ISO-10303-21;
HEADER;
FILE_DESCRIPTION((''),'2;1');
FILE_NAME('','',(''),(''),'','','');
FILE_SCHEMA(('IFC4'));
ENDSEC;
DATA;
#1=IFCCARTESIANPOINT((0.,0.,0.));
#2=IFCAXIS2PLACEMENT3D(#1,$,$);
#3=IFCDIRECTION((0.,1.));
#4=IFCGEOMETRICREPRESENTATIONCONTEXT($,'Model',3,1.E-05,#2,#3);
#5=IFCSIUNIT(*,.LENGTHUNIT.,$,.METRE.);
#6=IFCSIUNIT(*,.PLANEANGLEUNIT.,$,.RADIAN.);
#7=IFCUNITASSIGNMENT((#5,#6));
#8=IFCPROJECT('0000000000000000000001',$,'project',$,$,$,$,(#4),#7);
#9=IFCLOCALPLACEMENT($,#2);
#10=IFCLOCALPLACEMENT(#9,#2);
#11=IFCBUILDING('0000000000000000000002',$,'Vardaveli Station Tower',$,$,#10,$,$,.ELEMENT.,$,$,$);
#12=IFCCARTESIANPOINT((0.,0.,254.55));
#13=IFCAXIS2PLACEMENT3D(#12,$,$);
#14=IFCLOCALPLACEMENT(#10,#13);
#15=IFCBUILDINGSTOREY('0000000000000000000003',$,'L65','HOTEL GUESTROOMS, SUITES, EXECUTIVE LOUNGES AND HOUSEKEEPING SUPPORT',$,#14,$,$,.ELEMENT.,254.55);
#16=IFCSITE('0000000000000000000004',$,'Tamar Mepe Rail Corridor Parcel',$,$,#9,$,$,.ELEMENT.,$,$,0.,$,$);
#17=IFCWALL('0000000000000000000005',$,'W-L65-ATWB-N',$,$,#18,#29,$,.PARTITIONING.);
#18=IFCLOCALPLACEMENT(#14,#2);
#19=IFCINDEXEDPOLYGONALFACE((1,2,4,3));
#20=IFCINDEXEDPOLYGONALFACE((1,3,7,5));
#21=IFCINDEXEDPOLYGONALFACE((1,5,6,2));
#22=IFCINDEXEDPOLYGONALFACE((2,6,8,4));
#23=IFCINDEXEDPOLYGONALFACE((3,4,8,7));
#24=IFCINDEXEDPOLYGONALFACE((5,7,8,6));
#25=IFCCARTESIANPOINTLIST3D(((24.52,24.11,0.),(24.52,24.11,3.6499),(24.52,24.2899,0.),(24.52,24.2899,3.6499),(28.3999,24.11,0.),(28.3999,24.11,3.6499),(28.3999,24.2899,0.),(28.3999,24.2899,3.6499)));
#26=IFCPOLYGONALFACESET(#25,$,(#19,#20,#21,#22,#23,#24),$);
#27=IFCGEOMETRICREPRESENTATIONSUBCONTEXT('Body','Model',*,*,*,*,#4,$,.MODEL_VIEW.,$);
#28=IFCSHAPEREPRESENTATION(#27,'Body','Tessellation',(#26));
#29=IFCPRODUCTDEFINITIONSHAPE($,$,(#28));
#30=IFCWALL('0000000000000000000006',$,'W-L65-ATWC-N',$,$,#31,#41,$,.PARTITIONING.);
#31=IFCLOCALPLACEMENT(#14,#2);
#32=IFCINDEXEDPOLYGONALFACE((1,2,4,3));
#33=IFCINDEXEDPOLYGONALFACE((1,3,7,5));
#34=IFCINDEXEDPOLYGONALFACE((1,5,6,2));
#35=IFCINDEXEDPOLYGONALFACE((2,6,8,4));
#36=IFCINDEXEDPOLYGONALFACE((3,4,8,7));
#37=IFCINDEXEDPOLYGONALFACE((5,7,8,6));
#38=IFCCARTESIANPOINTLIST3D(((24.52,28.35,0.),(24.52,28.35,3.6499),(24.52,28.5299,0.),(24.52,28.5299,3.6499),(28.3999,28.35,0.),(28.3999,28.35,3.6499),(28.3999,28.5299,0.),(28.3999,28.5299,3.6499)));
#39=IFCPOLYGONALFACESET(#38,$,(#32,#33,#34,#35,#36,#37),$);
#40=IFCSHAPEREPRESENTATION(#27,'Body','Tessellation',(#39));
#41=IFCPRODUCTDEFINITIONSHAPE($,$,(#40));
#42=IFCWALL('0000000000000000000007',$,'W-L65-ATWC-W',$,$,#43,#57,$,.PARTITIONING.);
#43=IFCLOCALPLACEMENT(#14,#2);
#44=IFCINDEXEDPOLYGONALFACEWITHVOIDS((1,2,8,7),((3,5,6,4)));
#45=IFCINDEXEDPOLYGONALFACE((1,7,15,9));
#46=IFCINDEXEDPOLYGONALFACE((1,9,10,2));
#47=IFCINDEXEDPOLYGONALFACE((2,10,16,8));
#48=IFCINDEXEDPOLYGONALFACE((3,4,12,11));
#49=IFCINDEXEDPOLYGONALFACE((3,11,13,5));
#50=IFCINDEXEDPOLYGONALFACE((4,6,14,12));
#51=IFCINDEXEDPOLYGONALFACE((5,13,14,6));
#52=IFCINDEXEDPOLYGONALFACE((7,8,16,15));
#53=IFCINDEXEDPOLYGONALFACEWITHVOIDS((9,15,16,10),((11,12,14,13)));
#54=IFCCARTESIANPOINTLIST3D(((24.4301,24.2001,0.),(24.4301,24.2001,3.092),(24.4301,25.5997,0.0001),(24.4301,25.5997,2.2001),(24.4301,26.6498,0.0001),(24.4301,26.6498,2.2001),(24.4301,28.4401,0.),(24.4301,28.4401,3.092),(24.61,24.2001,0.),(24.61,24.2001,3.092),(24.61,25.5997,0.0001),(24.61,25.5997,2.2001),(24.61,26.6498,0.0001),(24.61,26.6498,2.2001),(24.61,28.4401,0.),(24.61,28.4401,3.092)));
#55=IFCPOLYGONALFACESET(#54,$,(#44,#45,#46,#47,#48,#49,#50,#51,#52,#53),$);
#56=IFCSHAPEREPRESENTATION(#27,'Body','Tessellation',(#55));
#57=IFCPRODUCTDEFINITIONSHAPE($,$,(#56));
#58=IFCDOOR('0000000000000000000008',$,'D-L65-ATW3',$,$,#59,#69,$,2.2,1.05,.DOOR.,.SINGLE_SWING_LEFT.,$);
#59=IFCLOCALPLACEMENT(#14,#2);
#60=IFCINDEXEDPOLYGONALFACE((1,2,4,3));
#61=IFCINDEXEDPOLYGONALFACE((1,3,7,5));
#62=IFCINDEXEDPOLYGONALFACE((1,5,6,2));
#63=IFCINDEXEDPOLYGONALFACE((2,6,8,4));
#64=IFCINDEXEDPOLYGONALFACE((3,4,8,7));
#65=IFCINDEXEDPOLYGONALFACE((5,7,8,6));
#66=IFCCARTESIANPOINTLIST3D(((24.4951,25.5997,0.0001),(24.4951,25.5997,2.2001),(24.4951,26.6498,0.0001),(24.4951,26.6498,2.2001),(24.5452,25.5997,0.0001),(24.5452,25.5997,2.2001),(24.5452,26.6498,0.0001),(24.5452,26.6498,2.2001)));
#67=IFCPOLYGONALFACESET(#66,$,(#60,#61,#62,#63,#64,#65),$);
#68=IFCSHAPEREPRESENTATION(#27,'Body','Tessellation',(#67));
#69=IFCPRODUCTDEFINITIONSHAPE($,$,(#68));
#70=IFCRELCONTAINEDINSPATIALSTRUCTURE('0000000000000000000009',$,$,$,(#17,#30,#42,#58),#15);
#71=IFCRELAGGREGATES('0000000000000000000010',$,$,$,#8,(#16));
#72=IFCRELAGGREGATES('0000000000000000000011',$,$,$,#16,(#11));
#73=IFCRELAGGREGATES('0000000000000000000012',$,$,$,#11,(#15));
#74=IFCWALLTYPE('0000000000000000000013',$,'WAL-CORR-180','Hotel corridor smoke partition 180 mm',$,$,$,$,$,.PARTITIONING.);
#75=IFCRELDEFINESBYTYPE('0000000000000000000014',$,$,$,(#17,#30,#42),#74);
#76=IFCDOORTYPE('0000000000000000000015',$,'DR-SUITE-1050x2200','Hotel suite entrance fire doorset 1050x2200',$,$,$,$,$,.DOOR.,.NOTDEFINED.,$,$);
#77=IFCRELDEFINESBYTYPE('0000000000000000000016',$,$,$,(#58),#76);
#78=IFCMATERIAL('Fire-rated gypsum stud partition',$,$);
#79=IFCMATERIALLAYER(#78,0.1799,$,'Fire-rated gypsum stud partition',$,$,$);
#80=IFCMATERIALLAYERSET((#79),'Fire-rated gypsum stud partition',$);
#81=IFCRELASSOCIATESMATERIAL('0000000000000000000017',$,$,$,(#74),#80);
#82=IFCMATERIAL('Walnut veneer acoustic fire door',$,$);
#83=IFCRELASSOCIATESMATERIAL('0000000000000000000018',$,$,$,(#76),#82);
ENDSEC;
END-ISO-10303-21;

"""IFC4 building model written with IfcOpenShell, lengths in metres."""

from ifc_helpers import new_model, si_unit, direction, frame, frame_2d, origin, place, context, subcontext, project, spatial, rectangle, extrude, source, transform, mapped, material, layer, layer_set, type_object, element, fill, save


model = new_model("IFC4")

# Units and contexts
model_context = context("Model", 3, precision=1e-05, world=origin(), true_north=direction((0.0, 1.0)))
body_context = subcontext(model_context, "Body", "Model", "MODEL_VIEW")
ifc_project = project(units=[si_unit("LENGTHUNIT", "METRE"), si_unit("PLANEANGLEUNIT", "RADIAN")], contexts=[model_context])

# Site, building, storey
site_placement = place(None, origin())
site = spatial("IfcSite", under=ifc_project, at=site_placement, Name="Tamar Mepe Rail Corridor Parcel", CompositionType="ELEMENT", RefElevation=0.0)
building_placement = place(site_placement, origin())
building = spatial("IfcBuilding", under=site, at=building_placement, Name="Vardaveli Station Tower", CompositionType="ELEMENT")
storey_placement = place(building_placement, frame((0.0, 0.0, 254.55)))
storey = spatial("IfcBuildingStorey", under=building, at=storey_placement, Name="L65", Description="HOTEL GUESTROOMS, SUITES, EXECUTIVE LOUNGES AND HOUSEKEEPING SUPPORT", CompositionType="ELEMENT", Elevation=254.55)

# Shared definitions
ifc_material_1 = material(Name="Fire-rated gypsum stud partition")
ifc_layer_1 = layer(ifc_material_1, 0.1799, Name="Fire-rated gypsum stud partition")
ifc_layer_set_1 = layer_set([ifc_layer_1], Name="Fire-rated gypsum stud partition")
wall_type = type_object("IfcWallType", Name="WAL-CORR-180", Description="Hotel corridor smoke partition 180 mm", PredefinedType="PARTITIONING", material=ifc_layer_set_1)
shared_shape_1 = source(origin(), body_context, "Body", "SweptSolid", [
    extrude(rectangle(XDim=1.05, YDim=2.2, at=frame_2d((0.5249, 1.1001))), frame((0.0, 0.1001, 0.0), z_axis=(0.0, -1.0, 0.0), x_axis=(1.0, 0.0, 0.0)), (0.0, 0.0, 1.0), 0.2),
])
ifc_material_2 = material(Name="Walnut veneer acoustic fire door")
door_type = type_object("IfcDoorType", Name="DR-SUITE-1050x2200", Description="Hotel suite entrance fire doorset 1050x2200", OperationType="NOTDEFINED", PredefinedType="DOOR", material=ifc_material_2)
shared_shape_2 = source(origin(), body_context, "Body", "SweptSolid", [
    extrude(rectangle(XDim=1.05, YDim=2.2, at=frame_2d((0.5249, 1.1001))), frame((0.0, 0.0249, 0.0), z_axis=(0.0, -1.0, 0.0), x_axis=(1.0, 0.0, 0.0)), (0.0, 0.0, 1.0), 0.05),
])

# Walls
shared_shape_3 = source(origin(), body_context, "Body", "SweptSolid", [
    extrude(rectangle(XDim=3.8799, YDim=0.1799, at=frame_2d((1.9399, 0.0))), origin(), (0.0, 0.0, 1.0), 3.6499),
])
for number, where, z_axis, x_axis, name in (
    (1, (24.52, 24.2, 0.0), (0.0, 0.0, 1.0), (1.0, 0.0, 0.0), "W-L65-ATWB-N"),
    (2, (24.52, 28.4399, 0.0), (0.0, 0.0, 1.0), (1.0, 0.0, 0.0), "W-L65-ATWC-N"),
):
    element("IfcWall", number, at=place(storey_placement, frame(where, z_axis=z_axis, x_axis=x_axis)), inside=storey, type_object=wall_type, Name=name, PredefinedType="PARTITIONING", context=body_context, shape_type="MappedRepresentation", body=[
        mapped(shared_shape_3, transform((0.0, 0.0, 0.0), scale=1.0)),
    ])

# Wall, opening, door
shared_shape_4 = source(origin(), body_context, "Body", "SweptSolid", [
    extrude(rectangle(XDim=4.24, YDim=0.1799, at=frame_2d((2.1201, 0.0))), origin(), (0.0, 0.0, 1.0), 3.092),
])
wall_1_placement = place(storey_placement, frame((24.52, 24.2, 0.0), z_axis=(0.0, 0.0, 1.0), x_axis=(0.0, 1.0, 0.0)))
wall_1 = element("IfcWall", 3, at=wall_1_placement, inside=storey, type_object=wall_type, Name="W-L65-ATWC-W", PredefinedType="PARTITIONING", context=body_context, shape_type="MappedRepresentation", body=[
    mapped(shared_shape_4, transform((0.0, 0.0, 0.0), scale=1.0)),
])
opening_1_placement = place(wall_1_placement, frame((1.3999, 0.0, 0.0)))
opening_1 = element("IfcOpeningElement", 4, at=opening_1_placement, cuts=wall_1, PredefinedType="OPENING", context=body_context, shape_type="MappedRepresentation", body=[
    mapped(shared_shape_1, transform((0.0, 0.0, 0.0), scale=1.0)),
])
door_1_placement = place(opening_1_placement, origin())
door_1 = element("IfcDoor", 5, at=door_1_placement, inside=storey, type_object=door_type, Name="D-L65-ATW3", OperationType="SINGLE_SWING_LEFT", OverallHeight=2.2, OverallWidth=1.05, PredefinedType="DOOR", context=body_context, shape_type="MappedRepresentation", body=[
    mapped(shared_shape_2, transform((0.0, 0.0, 0.0), scale=1.0)),
])
fill(opening_1, door_1)

save(model, "model.ifc")
